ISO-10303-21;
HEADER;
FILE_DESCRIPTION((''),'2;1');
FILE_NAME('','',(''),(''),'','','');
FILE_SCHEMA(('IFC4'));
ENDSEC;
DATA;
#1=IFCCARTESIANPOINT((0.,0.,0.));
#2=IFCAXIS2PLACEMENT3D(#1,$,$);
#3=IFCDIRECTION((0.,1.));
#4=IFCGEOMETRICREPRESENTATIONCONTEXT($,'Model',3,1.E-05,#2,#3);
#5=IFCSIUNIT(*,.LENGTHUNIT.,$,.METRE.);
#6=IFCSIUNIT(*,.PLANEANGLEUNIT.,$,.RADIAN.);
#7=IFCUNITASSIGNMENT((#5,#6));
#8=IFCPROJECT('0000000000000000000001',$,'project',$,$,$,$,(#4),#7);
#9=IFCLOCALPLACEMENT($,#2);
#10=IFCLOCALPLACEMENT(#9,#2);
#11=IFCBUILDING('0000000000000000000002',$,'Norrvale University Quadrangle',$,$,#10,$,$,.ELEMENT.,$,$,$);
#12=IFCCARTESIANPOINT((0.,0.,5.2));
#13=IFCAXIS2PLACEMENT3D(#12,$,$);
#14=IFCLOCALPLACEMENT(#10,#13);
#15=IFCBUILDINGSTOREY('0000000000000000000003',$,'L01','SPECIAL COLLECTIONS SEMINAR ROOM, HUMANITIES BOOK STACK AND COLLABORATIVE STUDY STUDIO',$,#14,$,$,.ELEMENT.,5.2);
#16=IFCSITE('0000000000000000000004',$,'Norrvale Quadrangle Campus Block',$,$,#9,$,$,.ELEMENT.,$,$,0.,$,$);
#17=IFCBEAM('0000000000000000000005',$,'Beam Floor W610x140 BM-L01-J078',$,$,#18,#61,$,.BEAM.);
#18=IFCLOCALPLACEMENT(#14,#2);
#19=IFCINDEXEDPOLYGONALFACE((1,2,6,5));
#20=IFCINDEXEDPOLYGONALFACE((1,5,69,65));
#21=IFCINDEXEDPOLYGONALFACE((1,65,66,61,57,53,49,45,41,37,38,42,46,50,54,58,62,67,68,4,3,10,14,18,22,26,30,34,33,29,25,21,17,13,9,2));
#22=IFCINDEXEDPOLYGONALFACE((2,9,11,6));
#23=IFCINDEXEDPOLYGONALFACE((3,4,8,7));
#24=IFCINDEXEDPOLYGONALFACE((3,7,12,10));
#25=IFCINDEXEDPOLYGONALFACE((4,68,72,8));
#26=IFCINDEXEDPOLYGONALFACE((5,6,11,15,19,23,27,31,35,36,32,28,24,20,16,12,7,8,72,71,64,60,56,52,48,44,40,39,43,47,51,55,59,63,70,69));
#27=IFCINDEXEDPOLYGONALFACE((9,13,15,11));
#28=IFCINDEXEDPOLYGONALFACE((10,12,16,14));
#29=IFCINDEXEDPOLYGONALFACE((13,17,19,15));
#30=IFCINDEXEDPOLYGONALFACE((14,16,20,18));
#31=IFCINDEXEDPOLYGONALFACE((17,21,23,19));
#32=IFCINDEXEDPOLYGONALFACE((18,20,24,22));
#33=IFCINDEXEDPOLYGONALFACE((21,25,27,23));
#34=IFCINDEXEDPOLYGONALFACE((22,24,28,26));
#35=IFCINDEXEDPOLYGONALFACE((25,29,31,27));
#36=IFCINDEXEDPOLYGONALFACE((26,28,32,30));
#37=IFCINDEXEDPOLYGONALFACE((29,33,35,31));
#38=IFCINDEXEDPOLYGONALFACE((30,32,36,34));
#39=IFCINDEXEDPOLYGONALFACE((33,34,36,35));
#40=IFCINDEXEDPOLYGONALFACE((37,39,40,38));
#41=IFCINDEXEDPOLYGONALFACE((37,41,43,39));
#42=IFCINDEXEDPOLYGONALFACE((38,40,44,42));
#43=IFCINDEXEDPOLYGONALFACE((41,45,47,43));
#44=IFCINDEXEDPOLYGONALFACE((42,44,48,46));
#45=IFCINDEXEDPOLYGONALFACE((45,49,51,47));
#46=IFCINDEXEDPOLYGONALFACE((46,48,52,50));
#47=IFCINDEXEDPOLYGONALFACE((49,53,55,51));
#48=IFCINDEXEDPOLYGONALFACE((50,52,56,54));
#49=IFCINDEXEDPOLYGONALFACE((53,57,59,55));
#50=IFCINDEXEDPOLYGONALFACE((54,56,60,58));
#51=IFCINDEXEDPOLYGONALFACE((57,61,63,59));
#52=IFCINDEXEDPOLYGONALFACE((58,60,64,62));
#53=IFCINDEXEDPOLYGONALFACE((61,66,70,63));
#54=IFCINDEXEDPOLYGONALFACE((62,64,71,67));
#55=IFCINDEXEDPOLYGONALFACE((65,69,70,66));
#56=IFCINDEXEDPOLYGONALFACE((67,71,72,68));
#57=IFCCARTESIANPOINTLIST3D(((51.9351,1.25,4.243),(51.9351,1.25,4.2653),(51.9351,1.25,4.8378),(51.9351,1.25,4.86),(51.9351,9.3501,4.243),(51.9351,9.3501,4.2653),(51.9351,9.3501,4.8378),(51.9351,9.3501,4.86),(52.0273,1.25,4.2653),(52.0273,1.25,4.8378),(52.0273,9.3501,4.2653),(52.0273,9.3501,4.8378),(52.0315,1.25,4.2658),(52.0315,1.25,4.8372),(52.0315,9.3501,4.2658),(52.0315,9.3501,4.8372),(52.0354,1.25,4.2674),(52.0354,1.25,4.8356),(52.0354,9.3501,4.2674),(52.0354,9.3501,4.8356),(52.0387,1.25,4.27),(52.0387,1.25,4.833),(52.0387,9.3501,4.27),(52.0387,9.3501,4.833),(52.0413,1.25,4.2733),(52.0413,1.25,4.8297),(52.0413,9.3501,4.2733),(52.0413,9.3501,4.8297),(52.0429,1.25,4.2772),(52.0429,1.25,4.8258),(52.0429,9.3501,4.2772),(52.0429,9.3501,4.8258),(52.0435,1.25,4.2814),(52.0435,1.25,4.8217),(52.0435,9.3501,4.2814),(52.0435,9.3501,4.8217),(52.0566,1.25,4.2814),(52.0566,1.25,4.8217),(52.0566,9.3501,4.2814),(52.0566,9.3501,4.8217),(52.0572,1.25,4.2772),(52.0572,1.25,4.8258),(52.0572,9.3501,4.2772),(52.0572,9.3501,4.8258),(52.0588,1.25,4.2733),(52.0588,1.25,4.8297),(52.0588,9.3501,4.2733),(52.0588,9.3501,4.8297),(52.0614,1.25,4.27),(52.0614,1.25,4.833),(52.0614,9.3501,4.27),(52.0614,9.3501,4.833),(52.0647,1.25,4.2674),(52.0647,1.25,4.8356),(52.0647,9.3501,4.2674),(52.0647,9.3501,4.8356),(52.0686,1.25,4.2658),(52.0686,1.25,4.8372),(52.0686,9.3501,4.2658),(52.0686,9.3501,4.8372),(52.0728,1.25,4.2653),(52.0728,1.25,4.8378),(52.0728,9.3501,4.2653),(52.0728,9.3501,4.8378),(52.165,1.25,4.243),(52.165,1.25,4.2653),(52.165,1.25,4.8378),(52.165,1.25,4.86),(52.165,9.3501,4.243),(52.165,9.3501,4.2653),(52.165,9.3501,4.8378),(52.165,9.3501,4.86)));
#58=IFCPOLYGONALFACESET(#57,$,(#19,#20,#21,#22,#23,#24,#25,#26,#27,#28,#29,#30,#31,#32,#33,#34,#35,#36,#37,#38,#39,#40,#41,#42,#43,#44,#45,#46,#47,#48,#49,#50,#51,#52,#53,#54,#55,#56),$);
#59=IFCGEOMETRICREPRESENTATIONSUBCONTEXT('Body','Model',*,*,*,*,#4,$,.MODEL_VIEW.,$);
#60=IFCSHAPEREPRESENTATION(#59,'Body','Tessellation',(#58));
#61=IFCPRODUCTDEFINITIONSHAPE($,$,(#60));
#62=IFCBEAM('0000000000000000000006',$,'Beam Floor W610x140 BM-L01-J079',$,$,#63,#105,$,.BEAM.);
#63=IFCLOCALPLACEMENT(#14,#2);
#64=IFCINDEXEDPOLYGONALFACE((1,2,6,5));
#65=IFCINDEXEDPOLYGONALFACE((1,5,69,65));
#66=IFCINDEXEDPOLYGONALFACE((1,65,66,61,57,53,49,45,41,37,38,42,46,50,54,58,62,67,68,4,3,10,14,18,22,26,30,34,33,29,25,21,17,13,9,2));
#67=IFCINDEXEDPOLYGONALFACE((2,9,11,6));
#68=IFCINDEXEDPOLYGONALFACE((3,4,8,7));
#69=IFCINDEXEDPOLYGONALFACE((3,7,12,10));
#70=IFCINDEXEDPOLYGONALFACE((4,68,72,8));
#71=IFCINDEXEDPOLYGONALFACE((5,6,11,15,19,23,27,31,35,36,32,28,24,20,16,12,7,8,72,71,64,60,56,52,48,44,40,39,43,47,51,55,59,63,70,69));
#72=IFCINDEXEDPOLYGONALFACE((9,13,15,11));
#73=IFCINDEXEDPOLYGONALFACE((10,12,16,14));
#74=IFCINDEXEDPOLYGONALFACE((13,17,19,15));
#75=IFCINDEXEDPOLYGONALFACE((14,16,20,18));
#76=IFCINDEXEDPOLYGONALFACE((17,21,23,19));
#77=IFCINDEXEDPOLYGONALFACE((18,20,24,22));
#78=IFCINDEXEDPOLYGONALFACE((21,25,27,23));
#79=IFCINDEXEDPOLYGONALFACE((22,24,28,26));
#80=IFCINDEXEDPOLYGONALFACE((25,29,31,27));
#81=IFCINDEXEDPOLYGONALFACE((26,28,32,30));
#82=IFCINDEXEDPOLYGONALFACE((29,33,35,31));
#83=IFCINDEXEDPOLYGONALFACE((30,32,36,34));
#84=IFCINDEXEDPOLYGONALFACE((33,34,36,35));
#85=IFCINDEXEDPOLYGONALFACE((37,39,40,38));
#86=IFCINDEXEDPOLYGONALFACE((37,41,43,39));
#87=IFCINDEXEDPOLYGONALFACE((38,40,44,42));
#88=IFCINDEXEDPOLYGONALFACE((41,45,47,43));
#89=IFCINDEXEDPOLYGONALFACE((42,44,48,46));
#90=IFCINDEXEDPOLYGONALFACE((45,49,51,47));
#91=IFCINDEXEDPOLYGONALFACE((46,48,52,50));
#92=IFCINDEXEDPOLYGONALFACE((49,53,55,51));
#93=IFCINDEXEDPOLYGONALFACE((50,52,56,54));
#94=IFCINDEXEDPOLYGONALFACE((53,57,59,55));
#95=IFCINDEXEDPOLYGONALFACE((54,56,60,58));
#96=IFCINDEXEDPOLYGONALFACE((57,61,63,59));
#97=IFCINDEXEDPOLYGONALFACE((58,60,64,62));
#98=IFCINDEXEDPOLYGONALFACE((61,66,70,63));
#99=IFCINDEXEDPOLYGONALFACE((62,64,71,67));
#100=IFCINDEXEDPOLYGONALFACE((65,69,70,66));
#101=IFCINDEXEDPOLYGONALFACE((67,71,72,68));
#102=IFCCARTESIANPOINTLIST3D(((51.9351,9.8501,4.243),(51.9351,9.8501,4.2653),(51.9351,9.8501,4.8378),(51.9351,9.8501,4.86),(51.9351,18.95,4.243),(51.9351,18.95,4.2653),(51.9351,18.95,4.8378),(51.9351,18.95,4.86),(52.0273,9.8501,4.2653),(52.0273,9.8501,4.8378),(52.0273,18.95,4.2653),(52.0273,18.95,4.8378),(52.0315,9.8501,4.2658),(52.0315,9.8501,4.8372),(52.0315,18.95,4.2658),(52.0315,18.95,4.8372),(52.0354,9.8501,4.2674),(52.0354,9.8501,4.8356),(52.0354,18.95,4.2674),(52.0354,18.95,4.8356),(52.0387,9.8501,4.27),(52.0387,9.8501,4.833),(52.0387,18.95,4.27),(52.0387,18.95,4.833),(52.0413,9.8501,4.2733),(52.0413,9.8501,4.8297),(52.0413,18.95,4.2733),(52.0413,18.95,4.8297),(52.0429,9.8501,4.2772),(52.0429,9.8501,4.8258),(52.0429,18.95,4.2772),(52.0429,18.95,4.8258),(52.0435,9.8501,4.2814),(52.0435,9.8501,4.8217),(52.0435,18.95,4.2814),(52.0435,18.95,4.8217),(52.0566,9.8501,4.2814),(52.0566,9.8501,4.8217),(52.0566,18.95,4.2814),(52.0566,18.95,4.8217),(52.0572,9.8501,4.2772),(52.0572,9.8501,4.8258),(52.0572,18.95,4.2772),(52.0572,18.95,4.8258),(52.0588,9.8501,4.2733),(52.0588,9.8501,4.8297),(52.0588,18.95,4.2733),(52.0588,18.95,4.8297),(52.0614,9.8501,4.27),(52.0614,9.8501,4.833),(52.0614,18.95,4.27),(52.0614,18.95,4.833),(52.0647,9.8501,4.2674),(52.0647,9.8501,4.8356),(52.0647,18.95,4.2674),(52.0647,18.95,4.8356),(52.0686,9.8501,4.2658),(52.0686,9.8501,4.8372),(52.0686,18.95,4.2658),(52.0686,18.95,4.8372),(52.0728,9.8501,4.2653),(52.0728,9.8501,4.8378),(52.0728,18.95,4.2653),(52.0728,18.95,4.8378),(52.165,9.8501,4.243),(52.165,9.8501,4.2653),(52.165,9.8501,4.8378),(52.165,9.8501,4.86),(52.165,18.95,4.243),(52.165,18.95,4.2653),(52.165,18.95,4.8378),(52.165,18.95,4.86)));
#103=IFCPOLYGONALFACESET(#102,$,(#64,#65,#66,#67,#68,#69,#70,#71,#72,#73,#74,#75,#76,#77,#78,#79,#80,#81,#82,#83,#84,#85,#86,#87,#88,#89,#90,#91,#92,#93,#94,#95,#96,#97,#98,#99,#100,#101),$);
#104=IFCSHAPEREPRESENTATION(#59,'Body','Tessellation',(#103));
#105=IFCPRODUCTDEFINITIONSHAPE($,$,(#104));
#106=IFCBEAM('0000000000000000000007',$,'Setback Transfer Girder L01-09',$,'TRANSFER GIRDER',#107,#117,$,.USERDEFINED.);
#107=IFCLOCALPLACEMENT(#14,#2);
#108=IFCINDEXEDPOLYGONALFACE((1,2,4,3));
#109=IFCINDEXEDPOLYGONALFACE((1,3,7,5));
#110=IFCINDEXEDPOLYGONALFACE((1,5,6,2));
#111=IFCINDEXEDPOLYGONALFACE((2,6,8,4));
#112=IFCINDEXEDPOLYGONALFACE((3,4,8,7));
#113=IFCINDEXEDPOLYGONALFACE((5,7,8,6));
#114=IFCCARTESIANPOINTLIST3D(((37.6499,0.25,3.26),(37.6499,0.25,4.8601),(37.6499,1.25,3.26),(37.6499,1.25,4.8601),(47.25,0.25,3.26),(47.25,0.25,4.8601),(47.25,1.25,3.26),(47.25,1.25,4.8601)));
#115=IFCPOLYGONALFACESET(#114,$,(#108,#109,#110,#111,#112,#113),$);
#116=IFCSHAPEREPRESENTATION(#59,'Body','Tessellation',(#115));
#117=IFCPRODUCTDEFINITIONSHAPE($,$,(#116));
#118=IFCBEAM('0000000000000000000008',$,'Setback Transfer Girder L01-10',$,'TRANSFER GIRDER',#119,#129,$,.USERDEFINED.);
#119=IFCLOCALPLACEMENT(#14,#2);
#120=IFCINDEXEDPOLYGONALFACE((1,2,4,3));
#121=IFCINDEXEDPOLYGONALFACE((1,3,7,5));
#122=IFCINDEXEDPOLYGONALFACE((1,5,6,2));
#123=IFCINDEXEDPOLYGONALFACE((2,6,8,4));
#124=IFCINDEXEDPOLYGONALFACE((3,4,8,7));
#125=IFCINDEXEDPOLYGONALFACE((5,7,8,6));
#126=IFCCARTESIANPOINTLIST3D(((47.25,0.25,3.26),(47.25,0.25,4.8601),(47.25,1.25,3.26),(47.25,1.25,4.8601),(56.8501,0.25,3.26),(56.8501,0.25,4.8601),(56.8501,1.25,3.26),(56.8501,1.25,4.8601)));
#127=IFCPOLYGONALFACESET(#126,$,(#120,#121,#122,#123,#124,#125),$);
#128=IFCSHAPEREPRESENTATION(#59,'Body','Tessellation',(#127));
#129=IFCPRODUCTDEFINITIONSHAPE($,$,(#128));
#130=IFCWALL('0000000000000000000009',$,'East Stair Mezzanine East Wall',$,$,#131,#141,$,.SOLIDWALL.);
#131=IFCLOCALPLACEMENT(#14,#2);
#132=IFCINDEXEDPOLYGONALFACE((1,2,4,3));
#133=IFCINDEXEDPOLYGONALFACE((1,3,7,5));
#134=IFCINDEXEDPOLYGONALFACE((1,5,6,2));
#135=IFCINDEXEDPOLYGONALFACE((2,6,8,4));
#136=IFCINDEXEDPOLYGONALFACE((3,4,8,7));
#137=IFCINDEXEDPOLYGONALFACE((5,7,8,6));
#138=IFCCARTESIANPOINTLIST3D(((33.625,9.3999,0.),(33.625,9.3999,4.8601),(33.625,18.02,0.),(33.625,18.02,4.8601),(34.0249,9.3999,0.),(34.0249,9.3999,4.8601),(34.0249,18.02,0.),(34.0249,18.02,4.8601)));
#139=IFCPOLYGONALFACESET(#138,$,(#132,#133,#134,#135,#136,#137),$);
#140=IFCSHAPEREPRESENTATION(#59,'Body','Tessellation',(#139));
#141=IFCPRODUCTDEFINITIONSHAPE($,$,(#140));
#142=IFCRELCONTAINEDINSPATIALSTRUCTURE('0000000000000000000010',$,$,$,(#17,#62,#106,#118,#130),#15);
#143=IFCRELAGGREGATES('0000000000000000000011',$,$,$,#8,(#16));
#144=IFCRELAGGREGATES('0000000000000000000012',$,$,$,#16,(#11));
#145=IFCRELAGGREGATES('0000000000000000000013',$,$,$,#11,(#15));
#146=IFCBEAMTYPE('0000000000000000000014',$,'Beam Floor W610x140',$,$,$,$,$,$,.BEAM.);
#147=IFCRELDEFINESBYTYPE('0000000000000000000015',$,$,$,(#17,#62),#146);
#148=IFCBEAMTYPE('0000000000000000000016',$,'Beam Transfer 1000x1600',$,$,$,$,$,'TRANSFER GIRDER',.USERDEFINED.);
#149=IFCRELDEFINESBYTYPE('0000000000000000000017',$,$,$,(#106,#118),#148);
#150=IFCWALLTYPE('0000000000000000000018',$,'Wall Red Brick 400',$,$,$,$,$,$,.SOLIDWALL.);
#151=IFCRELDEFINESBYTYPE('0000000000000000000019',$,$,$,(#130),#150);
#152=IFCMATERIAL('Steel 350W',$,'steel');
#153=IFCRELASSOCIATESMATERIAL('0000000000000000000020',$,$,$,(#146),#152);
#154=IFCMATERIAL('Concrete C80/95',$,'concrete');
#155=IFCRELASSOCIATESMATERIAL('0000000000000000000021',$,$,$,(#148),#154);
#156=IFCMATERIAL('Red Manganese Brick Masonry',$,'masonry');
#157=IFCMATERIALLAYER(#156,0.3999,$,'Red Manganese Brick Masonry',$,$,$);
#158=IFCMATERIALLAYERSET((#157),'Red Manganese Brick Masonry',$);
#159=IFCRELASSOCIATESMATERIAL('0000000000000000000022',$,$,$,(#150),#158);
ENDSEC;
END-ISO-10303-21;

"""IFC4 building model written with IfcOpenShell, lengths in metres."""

from ifc_helpers import new_model, si_unit, direction, frame, frame_2d, origin, origin_2d, place, context, subcontext, project, spatial, rectangle, i_section, extrude, material, layer, layer_set, material_profile, profile_set, type_object, element, save


model = new_model("IFC4")

# Units and contexts
model_context = context("Model", 3, precision=1e-05, world=origin(), true_north=direction((0.0, 1.0)))
body_context = subcontext(model_context, "Body", "Model", "MODEL_VIEW")
ifc_project = project(units=[si_unit("LENGTHUNIT", "METRE"), si_unit("PLANEANGLEUNIT", "RADIAN")], contexts=[model_context])

# Site, building, storey
site_placement = place(None, origin())
site = spatial("IfcSite", under=ifc_project, at=site_placement, Name="Norrvale Quadrangle Campus Block", CompositionType="ELEMENT", RefElevation=0.0)
building_placement = place(site_placement, origin())
building = spatial("IfcBuilding", under=site, at=building_placement, Name="Norrvale University Quadrangle", CompositionType="ELEMENT")
storey_placement = place(building_placement, frame((0.0, 0.0, 5.2)))
storey = spatial("IfcBuildingStorey", under=building, at=storey_placement, Name="L01", Description="SPECIAL COLLECTIONS SEMINAR ROOM, HUMANITIES BOOK STACK AND COLLABORATIVE STUDY STUDIO", CompositionType="ELEMENT", Elevation=5.2)

# Shared definitions
ifc_material_1 = material(Name="Concrete C80/95", Category="concrete")

# Beams
ifc_material_2 = material(Name="Steel 350W", Category="steel")
ifc_material_profile_1 = material_profile(ifc_material_2, i_section(OverallWidth=0.23, OverallDepth=0.6169, WebThickness=0.0132, FlangeThickness=0.0222, FilletRadius=0.0161, at=origin_2d()), Name="Steel 350W")
ifc_profile_set_1 = profile_set([ifc_material_profile_1], Name="Steel 350W")
beam_type_1 = type_object("IfcBeamType", Name="Beam Floor W610x140", PredefinedType="BEAM", material=ifc_profile_set_1)
beam_1_placement = place(storey_placement, frame((52.05, 1.25, 4.5515), z_axis=(0.0, 1.0, 0.0), x_axis=(-1.0, 0.0, 0.0)))
element("IfcBeam", 1, at=beam_1_placement, inside=storey, type_object=beam_type_1, Name="Beam Floor W610x140 BM-L01-J078", PredefinedType="BEAM", context=body_context, shape_type="SweptSolid", body=[
    extrude(i_section(OverallWidth=0.23, OverallDepth=0.6169, WebThickness=0.0132, FlangeThickness=0.0222, FilletRadius=0.0161, at=origin_2d()), origin(), (0.0, 0.0, 1.0), 8.1001),
])
beam_2_placement = place(storey_placement, frame((52.05, 9.8501, 4.5515), z_axis=(0.0, 1.0, 0.0), x_axis=(-1.0, 0.0, 0.0)))
element("IfcBeam", 2, at=beam_2_placement, inside=storey, type_object=beam_type_1, Name="Beam Floor W610x140 BM-L01-J079", PredefinedType="BEAM", context=body_context, shape_type="SweptSolid", body=[
    extrude(i_section(OverallWidth=0.23, OverallDepth=0.6169, WebThickness=0.0132, FlangeThickness=0.0222, FilletRadius=0.0161, at=origin_2d()), origin(), (0.0, 0.0, 1.0), 9.0999),
])
ifc_material_profile_2 = material_profile(ifc_material_1, rectangle(XDim=1.0, YDim=1.6001, at=origin_2d()), Name="Concrete C80/95")
ifc_profile_set_2 = profile_set([ifc_material_profile_2], Name="Concrete C80/95")
beam_type_2 = type_object("IfcBeamType", Name="Beam Transfer 1000x1600", ElementType="TRANSFER GIRDER", PredefinedType="USERDEFINED", material=ifc_profile_set_2)
for number, where, z_axis, x_axis, name in (
    (3, (37.6499, 0.75, 4.0601), (1.0, 0.0, 0.0), (0.0, 1.0, 0.0), "Setback Transfer Girder L01-09"),
    (4, (47.25, 0.75, 4.0601), (1.0, 0.0, 0.0), (0.0, 1.0, 0.0), "Setback Transfer Girder L01-10"),
):
    element("IfcBeam", number, at=place(storey_placement, frame(where, z_axis=z_axis, x_axis=x_axis)), inside=storey, type_object=beam_type_2, Name=name, ObjectType="TRANSFER GIRDER", PredefinedType="USERDEFINED", context=body_context, shape_type="SweptSolid", body=[
        extrude(rectangle(XDim=1.0, YDim=1.6001, at=origin_2d()), origin(), (0.0, 0.0, 1.0), 9.6001),
    ])

# Wall
ifc_material_3 = material(Name="Red Manganese Brick Masonry", Category="masonry")
ifc_layer = layer(ifc_material_3, 0.3999, Name="Red Manganese Brick Masonry")
ifc_layer_set = layer_set([ifc_layer], Name="Red Manganese Brick Masonry")
wall_type = type_object("IfcWallType", Name="Wall Red Brick 400", PredefinedType="SOLIDWALL", material=ifc_layer_set)
wall_placement = place(storey_placement, frame((33.825, 9.3999, 0.0), z_axis=(0.0, 0.0, 1.0), x_axis=(0.0, 1.0, 0.0)))
element("IfcWall", 5, at=wall_placement, inside=storey, type_object=wall_type, Name="East Stair Mezzanine East Wall", PredefinedType="SOLIDWALL", context=body_context, shape_type="SweptSolid", body=[
    extrude(rectangle(XDim=8.6201, YDim=0.3999, at=frame_2d((4.3101, 0.0))), origin(), (0.0, 0.0, 1.0), 4.8601),
])

save(model, "model.ifc")
